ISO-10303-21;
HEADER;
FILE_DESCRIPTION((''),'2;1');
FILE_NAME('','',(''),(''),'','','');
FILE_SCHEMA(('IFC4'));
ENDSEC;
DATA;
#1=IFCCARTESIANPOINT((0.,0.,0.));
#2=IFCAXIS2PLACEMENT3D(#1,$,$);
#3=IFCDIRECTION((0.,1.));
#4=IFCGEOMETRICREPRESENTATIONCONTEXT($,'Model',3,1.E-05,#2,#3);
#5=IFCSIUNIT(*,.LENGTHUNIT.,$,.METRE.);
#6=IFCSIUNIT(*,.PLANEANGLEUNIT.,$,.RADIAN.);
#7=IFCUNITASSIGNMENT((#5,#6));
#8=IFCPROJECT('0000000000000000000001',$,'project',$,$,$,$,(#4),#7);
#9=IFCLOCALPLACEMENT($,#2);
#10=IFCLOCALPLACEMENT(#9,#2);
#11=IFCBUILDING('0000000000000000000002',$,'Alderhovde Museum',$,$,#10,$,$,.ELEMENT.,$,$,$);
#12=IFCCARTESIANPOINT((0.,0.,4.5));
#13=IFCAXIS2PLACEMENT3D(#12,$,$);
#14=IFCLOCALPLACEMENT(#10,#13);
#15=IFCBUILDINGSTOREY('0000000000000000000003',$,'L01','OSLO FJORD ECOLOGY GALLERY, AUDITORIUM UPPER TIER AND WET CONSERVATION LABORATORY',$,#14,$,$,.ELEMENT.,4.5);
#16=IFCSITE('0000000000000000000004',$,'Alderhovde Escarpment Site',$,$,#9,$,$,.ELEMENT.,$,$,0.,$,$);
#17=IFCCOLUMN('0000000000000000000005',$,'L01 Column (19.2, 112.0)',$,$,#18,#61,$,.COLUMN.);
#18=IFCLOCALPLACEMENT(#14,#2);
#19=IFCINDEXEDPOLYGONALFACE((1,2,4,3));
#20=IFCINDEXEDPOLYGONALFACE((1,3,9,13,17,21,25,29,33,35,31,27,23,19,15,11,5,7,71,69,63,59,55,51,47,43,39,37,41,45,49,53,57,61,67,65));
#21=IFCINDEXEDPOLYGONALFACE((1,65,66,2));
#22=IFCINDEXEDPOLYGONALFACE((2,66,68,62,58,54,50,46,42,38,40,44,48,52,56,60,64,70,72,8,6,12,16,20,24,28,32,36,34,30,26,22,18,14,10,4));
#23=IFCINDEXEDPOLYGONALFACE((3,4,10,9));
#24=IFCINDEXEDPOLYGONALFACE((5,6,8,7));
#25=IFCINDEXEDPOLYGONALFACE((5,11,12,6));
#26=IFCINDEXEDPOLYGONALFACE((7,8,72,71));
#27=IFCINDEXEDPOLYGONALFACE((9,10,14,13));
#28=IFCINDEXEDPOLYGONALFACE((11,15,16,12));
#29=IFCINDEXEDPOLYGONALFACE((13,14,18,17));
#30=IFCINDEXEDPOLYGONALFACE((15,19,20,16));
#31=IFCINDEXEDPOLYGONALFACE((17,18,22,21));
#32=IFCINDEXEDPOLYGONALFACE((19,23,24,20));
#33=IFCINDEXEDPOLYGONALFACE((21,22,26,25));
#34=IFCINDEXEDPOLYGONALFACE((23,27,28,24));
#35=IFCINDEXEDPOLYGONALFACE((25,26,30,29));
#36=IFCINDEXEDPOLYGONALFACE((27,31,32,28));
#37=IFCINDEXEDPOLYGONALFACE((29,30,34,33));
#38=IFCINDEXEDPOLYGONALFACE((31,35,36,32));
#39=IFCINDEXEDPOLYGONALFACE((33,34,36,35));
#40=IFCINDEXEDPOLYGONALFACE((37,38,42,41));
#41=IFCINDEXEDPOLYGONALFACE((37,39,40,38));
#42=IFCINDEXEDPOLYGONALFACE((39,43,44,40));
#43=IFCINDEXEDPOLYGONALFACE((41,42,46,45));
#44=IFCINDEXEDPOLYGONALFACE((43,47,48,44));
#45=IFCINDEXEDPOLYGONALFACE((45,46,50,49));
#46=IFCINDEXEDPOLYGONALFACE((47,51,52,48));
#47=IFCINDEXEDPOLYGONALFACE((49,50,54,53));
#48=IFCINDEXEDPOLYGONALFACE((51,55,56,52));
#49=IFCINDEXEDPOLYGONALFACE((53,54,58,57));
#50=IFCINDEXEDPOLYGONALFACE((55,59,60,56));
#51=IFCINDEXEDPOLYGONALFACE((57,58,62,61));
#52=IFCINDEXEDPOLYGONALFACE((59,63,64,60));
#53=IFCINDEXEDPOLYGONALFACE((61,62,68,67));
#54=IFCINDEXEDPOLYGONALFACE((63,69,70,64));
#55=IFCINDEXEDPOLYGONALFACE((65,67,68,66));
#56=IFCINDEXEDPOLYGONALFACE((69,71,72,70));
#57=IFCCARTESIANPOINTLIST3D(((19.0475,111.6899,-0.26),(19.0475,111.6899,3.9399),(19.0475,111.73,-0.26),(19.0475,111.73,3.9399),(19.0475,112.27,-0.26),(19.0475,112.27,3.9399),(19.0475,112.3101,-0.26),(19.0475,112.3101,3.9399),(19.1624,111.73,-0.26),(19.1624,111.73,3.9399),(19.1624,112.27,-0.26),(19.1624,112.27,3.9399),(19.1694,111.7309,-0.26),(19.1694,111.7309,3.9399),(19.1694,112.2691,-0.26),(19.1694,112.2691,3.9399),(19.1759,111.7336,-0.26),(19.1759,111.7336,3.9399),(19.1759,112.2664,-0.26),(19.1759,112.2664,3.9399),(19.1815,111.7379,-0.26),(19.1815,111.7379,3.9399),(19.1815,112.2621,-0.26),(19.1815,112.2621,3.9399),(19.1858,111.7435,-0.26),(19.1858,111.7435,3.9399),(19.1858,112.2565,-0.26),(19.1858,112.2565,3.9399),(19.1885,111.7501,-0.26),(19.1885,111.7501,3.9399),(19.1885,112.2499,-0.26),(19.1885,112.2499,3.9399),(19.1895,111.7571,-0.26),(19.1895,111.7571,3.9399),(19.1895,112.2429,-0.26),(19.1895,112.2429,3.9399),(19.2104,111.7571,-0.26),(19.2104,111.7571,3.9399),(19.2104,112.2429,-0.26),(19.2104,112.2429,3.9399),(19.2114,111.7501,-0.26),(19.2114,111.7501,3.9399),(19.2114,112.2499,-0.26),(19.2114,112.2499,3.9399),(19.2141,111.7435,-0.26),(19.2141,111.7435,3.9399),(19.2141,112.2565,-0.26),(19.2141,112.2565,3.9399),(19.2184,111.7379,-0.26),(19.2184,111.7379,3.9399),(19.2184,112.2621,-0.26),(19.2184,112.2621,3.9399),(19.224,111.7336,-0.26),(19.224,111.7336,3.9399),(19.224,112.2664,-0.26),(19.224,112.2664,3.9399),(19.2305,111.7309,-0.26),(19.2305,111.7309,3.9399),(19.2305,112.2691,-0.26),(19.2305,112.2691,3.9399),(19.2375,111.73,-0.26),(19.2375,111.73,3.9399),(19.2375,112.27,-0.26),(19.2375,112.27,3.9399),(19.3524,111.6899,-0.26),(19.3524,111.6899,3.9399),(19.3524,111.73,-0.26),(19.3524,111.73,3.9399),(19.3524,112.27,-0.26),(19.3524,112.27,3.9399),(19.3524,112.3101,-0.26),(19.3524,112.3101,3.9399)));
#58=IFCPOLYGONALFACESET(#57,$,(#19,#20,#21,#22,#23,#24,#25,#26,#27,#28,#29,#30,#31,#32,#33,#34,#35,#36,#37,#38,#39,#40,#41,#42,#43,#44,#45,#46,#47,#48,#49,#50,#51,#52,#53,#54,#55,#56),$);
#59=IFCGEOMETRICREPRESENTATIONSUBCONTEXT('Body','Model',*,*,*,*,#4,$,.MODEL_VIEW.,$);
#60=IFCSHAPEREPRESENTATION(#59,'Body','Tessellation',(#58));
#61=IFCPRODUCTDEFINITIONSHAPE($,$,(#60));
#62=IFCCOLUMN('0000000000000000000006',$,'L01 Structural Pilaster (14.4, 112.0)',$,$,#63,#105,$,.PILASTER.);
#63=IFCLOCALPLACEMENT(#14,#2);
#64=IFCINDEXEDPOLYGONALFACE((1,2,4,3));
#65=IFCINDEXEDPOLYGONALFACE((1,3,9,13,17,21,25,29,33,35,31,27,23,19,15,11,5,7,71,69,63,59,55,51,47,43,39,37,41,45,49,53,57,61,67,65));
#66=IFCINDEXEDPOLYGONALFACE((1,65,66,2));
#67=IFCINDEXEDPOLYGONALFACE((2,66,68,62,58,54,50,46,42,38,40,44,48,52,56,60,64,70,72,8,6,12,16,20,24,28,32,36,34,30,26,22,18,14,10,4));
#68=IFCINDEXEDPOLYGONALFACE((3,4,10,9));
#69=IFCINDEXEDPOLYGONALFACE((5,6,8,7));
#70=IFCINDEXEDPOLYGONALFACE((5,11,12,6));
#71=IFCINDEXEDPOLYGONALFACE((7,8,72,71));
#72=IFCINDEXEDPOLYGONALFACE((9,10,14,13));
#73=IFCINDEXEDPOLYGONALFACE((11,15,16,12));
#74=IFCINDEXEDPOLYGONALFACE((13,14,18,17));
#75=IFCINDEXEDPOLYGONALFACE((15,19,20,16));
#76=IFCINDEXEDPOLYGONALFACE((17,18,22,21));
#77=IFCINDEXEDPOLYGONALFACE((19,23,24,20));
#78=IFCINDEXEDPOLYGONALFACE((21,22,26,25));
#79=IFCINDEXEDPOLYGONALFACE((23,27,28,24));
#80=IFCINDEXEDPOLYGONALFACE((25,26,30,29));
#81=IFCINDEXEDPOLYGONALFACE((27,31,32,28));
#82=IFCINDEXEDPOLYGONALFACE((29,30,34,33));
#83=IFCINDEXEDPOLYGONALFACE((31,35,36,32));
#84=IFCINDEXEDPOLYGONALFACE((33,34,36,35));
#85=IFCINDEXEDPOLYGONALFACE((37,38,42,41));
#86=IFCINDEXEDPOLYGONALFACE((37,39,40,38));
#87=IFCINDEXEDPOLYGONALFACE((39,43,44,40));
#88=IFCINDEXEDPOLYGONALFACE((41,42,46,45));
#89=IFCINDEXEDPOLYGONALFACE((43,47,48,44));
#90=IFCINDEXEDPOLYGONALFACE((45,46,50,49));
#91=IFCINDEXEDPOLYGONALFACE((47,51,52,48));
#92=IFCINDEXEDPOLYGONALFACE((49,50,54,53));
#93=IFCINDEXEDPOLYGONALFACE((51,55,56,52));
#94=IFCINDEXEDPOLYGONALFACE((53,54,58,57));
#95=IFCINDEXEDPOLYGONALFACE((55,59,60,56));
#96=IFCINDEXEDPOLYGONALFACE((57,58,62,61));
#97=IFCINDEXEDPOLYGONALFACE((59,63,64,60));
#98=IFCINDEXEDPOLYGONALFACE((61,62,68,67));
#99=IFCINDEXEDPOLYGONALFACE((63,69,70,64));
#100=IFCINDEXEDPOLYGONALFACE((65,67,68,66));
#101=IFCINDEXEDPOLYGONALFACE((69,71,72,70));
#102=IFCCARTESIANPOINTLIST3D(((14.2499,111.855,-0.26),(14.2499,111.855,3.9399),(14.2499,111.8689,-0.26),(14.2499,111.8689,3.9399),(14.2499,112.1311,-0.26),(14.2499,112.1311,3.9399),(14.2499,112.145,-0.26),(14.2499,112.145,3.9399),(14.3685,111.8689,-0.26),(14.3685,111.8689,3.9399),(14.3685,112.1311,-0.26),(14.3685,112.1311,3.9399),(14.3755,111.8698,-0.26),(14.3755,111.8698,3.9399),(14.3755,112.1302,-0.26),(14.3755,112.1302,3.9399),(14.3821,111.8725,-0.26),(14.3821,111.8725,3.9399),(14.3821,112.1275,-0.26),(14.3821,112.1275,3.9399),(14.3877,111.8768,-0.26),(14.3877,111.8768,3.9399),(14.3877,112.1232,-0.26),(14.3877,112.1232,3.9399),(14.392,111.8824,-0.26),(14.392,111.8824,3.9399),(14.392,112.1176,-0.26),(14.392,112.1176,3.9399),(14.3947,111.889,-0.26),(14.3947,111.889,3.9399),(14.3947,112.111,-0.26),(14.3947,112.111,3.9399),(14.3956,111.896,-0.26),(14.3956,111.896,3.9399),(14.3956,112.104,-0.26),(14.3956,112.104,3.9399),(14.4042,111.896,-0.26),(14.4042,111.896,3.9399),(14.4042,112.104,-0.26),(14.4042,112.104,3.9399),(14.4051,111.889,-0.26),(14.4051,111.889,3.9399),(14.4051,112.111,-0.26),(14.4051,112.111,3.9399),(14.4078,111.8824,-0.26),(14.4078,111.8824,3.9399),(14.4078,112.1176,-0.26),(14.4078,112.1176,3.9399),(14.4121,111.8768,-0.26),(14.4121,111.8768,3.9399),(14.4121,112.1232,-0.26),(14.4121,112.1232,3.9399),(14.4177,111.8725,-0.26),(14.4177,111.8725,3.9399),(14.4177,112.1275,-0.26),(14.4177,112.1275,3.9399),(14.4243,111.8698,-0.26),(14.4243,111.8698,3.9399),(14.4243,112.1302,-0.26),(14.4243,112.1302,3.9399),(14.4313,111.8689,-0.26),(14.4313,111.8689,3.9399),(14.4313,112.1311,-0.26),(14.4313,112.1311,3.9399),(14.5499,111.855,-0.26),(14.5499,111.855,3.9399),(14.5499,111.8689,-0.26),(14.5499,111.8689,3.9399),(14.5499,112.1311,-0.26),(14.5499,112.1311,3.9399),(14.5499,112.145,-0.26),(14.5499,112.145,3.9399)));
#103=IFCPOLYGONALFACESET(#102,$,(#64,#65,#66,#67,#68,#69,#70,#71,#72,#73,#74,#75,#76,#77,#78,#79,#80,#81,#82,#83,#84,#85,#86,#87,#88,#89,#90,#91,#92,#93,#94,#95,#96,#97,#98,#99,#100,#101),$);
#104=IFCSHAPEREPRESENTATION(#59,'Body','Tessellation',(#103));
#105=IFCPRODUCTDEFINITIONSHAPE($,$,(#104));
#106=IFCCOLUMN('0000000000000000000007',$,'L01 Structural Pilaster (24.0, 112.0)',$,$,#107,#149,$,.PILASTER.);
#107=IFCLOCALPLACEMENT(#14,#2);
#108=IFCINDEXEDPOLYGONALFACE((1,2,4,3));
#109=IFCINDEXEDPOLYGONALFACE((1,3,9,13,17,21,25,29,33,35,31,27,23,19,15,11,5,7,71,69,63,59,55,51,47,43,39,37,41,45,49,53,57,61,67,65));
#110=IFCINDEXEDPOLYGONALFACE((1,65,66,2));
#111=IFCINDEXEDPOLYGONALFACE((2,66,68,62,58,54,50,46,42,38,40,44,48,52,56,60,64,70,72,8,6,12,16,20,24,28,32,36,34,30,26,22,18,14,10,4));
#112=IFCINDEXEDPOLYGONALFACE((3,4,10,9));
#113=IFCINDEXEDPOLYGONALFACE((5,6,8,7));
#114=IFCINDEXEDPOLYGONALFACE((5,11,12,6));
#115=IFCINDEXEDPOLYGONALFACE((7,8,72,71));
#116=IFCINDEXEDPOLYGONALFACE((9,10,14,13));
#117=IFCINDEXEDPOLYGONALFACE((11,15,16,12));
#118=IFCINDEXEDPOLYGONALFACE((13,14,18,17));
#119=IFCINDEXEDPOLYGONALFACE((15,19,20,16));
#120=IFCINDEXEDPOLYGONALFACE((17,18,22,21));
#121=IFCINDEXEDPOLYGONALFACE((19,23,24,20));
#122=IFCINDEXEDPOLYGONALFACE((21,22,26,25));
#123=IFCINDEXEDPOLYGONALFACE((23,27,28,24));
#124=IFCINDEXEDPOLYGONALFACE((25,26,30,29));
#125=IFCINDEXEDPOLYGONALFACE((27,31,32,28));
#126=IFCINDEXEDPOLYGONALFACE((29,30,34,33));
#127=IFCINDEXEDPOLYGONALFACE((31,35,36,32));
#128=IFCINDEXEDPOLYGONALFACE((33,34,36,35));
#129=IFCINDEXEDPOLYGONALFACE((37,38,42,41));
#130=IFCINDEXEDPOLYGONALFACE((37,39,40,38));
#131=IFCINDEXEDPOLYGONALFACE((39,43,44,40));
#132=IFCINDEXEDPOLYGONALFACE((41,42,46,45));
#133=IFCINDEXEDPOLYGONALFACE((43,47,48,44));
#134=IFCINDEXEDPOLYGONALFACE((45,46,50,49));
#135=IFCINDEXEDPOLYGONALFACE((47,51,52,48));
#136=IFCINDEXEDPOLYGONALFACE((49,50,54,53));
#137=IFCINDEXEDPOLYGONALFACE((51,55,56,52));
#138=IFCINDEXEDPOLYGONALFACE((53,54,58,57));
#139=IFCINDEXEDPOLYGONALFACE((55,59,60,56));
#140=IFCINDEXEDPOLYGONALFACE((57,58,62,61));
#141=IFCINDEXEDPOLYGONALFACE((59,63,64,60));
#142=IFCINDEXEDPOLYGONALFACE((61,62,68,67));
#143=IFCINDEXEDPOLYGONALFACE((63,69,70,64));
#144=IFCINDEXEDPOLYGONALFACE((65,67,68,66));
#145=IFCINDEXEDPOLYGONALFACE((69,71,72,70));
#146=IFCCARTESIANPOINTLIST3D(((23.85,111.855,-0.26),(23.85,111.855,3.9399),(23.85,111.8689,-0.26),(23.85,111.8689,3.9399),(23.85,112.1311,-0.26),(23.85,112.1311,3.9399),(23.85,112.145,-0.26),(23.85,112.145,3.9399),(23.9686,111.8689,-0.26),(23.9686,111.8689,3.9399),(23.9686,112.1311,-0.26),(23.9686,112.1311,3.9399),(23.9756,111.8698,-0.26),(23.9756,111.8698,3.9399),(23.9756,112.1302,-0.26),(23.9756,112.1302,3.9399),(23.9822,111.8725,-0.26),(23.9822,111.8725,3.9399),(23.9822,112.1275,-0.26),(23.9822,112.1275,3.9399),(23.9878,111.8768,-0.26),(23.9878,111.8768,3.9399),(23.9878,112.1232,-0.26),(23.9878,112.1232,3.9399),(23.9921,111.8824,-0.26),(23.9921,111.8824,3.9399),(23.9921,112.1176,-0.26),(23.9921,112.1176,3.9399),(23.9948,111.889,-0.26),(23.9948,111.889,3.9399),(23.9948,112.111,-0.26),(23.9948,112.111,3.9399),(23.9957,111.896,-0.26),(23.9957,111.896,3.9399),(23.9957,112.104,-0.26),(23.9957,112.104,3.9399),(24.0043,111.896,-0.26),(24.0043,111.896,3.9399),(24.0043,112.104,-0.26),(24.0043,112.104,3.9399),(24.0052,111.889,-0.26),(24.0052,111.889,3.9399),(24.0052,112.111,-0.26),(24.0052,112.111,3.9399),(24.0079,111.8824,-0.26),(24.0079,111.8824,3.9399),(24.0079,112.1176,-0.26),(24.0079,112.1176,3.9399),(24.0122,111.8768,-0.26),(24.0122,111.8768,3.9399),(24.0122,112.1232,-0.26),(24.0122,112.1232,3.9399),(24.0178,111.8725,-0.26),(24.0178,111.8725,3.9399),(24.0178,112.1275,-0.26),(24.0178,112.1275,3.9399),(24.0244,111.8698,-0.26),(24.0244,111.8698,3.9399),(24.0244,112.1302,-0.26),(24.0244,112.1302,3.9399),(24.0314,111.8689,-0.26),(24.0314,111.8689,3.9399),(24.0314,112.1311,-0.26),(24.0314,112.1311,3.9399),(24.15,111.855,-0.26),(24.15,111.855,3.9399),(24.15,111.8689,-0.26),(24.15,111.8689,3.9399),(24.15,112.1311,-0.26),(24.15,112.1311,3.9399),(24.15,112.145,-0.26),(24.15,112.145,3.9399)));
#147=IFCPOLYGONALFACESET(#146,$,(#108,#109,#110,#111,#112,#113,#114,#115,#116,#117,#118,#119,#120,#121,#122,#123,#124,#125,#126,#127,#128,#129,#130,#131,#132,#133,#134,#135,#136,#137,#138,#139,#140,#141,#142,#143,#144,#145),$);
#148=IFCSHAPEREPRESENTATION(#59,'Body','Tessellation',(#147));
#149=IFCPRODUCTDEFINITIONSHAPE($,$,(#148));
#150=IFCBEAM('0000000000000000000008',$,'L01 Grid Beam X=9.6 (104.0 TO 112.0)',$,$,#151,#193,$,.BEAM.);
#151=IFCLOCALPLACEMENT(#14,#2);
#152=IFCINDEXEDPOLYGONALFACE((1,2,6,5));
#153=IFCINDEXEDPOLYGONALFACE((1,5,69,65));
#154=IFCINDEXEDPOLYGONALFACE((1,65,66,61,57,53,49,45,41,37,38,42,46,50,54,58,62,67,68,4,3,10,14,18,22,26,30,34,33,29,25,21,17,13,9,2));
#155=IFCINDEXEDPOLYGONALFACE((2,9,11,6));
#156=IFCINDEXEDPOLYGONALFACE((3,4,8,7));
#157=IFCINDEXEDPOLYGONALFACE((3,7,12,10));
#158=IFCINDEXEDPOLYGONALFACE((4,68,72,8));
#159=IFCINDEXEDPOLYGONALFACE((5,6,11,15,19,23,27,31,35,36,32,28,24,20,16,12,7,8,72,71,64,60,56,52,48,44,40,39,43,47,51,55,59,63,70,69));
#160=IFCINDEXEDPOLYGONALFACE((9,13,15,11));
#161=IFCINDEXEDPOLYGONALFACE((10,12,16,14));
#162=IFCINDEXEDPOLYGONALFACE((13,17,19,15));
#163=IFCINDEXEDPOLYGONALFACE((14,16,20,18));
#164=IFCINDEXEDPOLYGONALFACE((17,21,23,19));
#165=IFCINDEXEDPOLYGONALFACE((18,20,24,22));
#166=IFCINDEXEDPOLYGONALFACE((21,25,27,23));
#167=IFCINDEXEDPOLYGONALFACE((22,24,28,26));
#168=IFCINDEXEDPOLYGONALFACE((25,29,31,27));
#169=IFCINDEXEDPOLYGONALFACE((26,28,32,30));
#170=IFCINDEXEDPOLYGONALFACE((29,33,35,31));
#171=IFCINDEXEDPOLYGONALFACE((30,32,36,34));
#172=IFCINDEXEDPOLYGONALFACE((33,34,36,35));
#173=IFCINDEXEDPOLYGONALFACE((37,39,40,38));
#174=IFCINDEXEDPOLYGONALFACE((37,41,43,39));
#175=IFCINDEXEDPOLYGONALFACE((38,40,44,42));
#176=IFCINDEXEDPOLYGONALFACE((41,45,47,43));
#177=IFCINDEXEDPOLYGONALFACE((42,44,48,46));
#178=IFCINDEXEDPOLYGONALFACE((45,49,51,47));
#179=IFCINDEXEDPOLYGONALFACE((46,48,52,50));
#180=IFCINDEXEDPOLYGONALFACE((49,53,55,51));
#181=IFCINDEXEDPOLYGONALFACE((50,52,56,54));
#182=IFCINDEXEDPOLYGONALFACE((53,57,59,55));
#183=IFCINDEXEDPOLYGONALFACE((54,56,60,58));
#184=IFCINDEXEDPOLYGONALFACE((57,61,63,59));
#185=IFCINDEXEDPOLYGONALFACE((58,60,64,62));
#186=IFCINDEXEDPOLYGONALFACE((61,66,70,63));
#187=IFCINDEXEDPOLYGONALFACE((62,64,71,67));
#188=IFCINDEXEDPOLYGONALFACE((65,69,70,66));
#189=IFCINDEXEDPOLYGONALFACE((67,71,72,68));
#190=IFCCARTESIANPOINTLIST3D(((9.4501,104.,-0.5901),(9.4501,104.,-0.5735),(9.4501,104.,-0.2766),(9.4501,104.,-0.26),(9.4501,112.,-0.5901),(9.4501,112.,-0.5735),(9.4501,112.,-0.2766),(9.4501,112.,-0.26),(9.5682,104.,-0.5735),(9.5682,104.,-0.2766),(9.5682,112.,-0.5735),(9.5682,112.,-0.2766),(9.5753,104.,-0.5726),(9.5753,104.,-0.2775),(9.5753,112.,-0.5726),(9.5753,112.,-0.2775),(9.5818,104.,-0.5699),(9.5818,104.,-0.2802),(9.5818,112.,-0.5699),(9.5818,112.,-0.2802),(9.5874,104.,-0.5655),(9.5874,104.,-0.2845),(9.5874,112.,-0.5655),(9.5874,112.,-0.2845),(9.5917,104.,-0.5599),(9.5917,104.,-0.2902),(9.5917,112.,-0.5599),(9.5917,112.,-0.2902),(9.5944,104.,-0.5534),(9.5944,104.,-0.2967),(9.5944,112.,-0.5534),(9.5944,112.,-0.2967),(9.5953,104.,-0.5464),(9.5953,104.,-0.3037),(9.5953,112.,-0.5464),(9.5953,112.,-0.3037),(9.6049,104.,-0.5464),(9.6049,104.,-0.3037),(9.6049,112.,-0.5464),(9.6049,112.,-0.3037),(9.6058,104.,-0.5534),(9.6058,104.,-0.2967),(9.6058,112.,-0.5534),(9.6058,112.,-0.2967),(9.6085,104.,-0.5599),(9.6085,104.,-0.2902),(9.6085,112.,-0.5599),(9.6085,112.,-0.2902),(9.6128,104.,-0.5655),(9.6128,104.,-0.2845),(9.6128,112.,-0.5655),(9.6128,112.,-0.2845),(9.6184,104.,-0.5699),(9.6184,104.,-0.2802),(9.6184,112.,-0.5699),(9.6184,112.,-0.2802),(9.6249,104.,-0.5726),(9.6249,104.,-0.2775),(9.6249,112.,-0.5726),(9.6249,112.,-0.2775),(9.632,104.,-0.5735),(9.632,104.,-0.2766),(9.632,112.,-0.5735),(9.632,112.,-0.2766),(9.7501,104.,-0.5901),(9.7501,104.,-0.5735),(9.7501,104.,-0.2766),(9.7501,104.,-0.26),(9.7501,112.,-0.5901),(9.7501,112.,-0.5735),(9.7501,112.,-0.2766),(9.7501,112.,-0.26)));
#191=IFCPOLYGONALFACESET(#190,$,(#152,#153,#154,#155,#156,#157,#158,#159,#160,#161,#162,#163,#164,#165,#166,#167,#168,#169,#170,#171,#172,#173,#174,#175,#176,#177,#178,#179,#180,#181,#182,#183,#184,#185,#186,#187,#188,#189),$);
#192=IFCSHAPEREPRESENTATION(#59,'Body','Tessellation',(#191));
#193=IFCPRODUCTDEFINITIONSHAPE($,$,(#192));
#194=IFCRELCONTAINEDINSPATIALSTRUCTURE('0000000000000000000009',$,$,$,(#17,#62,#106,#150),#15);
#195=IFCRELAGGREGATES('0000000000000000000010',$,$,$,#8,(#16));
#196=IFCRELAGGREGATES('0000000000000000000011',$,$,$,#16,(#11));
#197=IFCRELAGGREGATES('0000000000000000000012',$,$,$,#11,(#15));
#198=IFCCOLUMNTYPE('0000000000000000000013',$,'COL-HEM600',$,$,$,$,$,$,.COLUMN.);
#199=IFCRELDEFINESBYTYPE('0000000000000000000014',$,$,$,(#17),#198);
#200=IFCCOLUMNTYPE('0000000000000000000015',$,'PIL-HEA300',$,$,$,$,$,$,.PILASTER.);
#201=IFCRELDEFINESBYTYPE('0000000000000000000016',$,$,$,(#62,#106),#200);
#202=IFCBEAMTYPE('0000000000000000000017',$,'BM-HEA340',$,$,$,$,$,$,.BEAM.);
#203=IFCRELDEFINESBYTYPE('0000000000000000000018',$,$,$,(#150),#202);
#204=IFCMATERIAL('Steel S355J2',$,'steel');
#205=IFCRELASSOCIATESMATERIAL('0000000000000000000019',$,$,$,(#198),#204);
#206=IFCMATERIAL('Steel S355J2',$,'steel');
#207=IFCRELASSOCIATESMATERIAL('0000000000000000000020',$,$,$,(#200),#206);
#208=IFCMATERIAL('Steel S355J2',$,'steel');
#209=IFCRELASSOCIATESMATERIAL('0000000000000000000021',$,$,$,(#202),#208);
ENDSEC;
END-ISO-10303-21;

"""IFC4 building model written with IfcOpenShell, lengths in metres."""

from ifc_helpers import new_model, si_unit, direction, frame, origin, origin_2d, place, context, subcontext, project, spatial, i_section, extrude, material, material_profile, profile_set, type_object, element, save


model = new_model("IFC4")

# Units and contexts
model_context = context("Model", 3, precision=1e-05, world=origin(), true_north=direction((0.0, 1.0)))
body_context = subcontext(model_context, "Body", "Model", "MODEL_VIEW")
ifc_project = project(units=[si_unit("LENGTHUNIT", "METRE"), si_unit("PLANEANGLEUNIT", "RADIAN")], contexts=[model_context])

# Site, building, storey
site_placement = place(None, origin())
site = spatial("IfcSite", under=ifc_project, at=site_placement, Name="Alderhovde Escarpment Site", CompositionType="ELEMENT", RefElevation=0.0)
building_placement = place(site_placement, origin())
building = spatial("IfcBuilding", under=site, at=building_placement, Name="Alderhovde Museum", CompositionType="ELEMENT")
storey_placement = place(building_placement, frame((0.0, 0.0, 4.5)))
storey = spatial("IfcBuildingStorey", under=building, at=storey_placement, Name="L01", Description="OSLO FJORD ECOLOGY GALLERY, AUDITORIUM UPPER TIER AND WET CONSERVATION LABORATORY", CompositionType="ELEMENT", Elevation=4.5)

# Columns
ifc_material_1 = material(Name="Steel S355J2", Category="steel")
ifc_material_profile_1 = material_profile(ifc_material_1, i_section(OverallWidth=0.3049, OverallDepth=0.6201, WebThickness=0.021, FlangeThickness=0.04, FilletRadius=0.0271, at=origin_2d()), Name="HEM 600")
ifc_profile_set_1 = profile_set([ifc_material_profile_1], Name="Steel S355J2")
column_type_1 = type_object("IfcColumnType", Name="COL-HEM600", PredefinedType="COLUMN", material=ifc_profile_set_1)
for number, where, z_axis, x_axis, name in (
    (1, (19.2, 112.0, -0.26), (0.0, 0.0, 1.0), (1.0, 0.0, 0.0), "L01 Column (19.2, 112.0)"),
):
    element("IfcColumn", number, at=place(storey_placement, frame(where, z_axis=z_axis, x_axis=x_axis)), inside=storey, type_object=column_type_1, Name=name, PredefinedType="COLUMN", context=body_context, shape_type="SweptSolid", body=[
        extrude(i_section(OverallWidth=0.3049, OverallDepth=0.6201, WebThickness=0.021, FlangeThickness=0.04, FilletRadius=0.0271, at=origin_2d()), origin(), (0.0, 0.0, 1.0), 4.2),
    ])
ifc_material_2 = material(Name="Steel S355J2", Category="steel")
ifc_material_profile_2 = material_profile(ifc_material_2, i_section(OverallWidth=0.3, OverallDepth=0.29, WebThickness=0.0085, FlangeThickness=0.0139, FilletRadius=0.0271, at=origin_2d()), Name="HEA 300")
ifc_profile_set_2 = profile_set([ifc_material_profile_2], Name="Steel S355J2")
column_type_2 = type_object("IfcColumnType", Name="PIL-HEA300", PredefinedType="PILASTER", material=ifc_profile_set_2)
for number, where, z_axis, x_axis, name in (
    (2, (14.3999, 112.0, -0.26), (0.0, 0.0, 1.0), (1.0, 0.0, 0.0), "L01 Structural Pilaster (14.4, 112.0)"),
    (3, (24.0, 112.0, -0.26), (0.0, 0.0, 1.0), (1.0, 0.0, 0.0), "L01 Structural Pilaster (24.0, 112.0)"),
):
    element("IfcColumn", number, at=place(storey_placement, frame(where, z_axis=z_axis, x_axis=x_axis)), inside=storey, type_object=column_type_2, Name=name, PredefinedType="PILASTER", context=body_context, shape_type="SweptSolid", body=[
        extrude(i_section(OverallWidth=0.3, OverallDepth=0.29, WebThickness=0.0085, FlangeThickness=0.0139, FilletRadius=0.0271, at=origin_2d()), origin(), (0.0, 0.0, 1.0), 4.2),
    ])

# Beam
ifc_material_3 = material(Name="Steel S355J2", Category="steel")
ifc_material_profile_3 = material_profile(ifc_material_3, i_section(OverallWidth=0.3, OverallDepth=0.3301, WebThickness=0.0095, FlangeThickness=0.0166, FilletRadius=0.0271, at=origin_2d()), Name="HEA 340")
ifc_profile_set_3 = profile_set([ifc_material_profile_3], Name="Steel S355J2")
beam_type_1 = type_object("IfcBeamType", Name="BM-HEA340", PredefinedType="BEAM", material=ifc_profile_set_3)
for number, where, z_axis, x_axis, name in (
    (4, (9.6001, 104.0, -0.425), (0.0, 1.0, 0.0), (-1.0, 0.0, 0.0), "L01 Grid Beam X=9.6 (104.0 TO 112.0)"),
):
    element("IfcBeam", number, at=place(storey_placement, frame(where, z_axis=z_axis, x_axis=x_axis)), inside=storey, type_object=beam_type_1, Name=name, PredefinedType="BEAM", context=body_context, shape_type="SweptSolid", body=[
        extrude(i_section(OverallWidth=0.3, OverallDepth=0.3301, WebThickness=0.0095, FlangeThickness=0.0166, FilletRadius=0.0271, at=origin_2d()), origin(), (0.0, 0.0, 1.0), 8.0),
    ])

save(model, "model.ifc")
